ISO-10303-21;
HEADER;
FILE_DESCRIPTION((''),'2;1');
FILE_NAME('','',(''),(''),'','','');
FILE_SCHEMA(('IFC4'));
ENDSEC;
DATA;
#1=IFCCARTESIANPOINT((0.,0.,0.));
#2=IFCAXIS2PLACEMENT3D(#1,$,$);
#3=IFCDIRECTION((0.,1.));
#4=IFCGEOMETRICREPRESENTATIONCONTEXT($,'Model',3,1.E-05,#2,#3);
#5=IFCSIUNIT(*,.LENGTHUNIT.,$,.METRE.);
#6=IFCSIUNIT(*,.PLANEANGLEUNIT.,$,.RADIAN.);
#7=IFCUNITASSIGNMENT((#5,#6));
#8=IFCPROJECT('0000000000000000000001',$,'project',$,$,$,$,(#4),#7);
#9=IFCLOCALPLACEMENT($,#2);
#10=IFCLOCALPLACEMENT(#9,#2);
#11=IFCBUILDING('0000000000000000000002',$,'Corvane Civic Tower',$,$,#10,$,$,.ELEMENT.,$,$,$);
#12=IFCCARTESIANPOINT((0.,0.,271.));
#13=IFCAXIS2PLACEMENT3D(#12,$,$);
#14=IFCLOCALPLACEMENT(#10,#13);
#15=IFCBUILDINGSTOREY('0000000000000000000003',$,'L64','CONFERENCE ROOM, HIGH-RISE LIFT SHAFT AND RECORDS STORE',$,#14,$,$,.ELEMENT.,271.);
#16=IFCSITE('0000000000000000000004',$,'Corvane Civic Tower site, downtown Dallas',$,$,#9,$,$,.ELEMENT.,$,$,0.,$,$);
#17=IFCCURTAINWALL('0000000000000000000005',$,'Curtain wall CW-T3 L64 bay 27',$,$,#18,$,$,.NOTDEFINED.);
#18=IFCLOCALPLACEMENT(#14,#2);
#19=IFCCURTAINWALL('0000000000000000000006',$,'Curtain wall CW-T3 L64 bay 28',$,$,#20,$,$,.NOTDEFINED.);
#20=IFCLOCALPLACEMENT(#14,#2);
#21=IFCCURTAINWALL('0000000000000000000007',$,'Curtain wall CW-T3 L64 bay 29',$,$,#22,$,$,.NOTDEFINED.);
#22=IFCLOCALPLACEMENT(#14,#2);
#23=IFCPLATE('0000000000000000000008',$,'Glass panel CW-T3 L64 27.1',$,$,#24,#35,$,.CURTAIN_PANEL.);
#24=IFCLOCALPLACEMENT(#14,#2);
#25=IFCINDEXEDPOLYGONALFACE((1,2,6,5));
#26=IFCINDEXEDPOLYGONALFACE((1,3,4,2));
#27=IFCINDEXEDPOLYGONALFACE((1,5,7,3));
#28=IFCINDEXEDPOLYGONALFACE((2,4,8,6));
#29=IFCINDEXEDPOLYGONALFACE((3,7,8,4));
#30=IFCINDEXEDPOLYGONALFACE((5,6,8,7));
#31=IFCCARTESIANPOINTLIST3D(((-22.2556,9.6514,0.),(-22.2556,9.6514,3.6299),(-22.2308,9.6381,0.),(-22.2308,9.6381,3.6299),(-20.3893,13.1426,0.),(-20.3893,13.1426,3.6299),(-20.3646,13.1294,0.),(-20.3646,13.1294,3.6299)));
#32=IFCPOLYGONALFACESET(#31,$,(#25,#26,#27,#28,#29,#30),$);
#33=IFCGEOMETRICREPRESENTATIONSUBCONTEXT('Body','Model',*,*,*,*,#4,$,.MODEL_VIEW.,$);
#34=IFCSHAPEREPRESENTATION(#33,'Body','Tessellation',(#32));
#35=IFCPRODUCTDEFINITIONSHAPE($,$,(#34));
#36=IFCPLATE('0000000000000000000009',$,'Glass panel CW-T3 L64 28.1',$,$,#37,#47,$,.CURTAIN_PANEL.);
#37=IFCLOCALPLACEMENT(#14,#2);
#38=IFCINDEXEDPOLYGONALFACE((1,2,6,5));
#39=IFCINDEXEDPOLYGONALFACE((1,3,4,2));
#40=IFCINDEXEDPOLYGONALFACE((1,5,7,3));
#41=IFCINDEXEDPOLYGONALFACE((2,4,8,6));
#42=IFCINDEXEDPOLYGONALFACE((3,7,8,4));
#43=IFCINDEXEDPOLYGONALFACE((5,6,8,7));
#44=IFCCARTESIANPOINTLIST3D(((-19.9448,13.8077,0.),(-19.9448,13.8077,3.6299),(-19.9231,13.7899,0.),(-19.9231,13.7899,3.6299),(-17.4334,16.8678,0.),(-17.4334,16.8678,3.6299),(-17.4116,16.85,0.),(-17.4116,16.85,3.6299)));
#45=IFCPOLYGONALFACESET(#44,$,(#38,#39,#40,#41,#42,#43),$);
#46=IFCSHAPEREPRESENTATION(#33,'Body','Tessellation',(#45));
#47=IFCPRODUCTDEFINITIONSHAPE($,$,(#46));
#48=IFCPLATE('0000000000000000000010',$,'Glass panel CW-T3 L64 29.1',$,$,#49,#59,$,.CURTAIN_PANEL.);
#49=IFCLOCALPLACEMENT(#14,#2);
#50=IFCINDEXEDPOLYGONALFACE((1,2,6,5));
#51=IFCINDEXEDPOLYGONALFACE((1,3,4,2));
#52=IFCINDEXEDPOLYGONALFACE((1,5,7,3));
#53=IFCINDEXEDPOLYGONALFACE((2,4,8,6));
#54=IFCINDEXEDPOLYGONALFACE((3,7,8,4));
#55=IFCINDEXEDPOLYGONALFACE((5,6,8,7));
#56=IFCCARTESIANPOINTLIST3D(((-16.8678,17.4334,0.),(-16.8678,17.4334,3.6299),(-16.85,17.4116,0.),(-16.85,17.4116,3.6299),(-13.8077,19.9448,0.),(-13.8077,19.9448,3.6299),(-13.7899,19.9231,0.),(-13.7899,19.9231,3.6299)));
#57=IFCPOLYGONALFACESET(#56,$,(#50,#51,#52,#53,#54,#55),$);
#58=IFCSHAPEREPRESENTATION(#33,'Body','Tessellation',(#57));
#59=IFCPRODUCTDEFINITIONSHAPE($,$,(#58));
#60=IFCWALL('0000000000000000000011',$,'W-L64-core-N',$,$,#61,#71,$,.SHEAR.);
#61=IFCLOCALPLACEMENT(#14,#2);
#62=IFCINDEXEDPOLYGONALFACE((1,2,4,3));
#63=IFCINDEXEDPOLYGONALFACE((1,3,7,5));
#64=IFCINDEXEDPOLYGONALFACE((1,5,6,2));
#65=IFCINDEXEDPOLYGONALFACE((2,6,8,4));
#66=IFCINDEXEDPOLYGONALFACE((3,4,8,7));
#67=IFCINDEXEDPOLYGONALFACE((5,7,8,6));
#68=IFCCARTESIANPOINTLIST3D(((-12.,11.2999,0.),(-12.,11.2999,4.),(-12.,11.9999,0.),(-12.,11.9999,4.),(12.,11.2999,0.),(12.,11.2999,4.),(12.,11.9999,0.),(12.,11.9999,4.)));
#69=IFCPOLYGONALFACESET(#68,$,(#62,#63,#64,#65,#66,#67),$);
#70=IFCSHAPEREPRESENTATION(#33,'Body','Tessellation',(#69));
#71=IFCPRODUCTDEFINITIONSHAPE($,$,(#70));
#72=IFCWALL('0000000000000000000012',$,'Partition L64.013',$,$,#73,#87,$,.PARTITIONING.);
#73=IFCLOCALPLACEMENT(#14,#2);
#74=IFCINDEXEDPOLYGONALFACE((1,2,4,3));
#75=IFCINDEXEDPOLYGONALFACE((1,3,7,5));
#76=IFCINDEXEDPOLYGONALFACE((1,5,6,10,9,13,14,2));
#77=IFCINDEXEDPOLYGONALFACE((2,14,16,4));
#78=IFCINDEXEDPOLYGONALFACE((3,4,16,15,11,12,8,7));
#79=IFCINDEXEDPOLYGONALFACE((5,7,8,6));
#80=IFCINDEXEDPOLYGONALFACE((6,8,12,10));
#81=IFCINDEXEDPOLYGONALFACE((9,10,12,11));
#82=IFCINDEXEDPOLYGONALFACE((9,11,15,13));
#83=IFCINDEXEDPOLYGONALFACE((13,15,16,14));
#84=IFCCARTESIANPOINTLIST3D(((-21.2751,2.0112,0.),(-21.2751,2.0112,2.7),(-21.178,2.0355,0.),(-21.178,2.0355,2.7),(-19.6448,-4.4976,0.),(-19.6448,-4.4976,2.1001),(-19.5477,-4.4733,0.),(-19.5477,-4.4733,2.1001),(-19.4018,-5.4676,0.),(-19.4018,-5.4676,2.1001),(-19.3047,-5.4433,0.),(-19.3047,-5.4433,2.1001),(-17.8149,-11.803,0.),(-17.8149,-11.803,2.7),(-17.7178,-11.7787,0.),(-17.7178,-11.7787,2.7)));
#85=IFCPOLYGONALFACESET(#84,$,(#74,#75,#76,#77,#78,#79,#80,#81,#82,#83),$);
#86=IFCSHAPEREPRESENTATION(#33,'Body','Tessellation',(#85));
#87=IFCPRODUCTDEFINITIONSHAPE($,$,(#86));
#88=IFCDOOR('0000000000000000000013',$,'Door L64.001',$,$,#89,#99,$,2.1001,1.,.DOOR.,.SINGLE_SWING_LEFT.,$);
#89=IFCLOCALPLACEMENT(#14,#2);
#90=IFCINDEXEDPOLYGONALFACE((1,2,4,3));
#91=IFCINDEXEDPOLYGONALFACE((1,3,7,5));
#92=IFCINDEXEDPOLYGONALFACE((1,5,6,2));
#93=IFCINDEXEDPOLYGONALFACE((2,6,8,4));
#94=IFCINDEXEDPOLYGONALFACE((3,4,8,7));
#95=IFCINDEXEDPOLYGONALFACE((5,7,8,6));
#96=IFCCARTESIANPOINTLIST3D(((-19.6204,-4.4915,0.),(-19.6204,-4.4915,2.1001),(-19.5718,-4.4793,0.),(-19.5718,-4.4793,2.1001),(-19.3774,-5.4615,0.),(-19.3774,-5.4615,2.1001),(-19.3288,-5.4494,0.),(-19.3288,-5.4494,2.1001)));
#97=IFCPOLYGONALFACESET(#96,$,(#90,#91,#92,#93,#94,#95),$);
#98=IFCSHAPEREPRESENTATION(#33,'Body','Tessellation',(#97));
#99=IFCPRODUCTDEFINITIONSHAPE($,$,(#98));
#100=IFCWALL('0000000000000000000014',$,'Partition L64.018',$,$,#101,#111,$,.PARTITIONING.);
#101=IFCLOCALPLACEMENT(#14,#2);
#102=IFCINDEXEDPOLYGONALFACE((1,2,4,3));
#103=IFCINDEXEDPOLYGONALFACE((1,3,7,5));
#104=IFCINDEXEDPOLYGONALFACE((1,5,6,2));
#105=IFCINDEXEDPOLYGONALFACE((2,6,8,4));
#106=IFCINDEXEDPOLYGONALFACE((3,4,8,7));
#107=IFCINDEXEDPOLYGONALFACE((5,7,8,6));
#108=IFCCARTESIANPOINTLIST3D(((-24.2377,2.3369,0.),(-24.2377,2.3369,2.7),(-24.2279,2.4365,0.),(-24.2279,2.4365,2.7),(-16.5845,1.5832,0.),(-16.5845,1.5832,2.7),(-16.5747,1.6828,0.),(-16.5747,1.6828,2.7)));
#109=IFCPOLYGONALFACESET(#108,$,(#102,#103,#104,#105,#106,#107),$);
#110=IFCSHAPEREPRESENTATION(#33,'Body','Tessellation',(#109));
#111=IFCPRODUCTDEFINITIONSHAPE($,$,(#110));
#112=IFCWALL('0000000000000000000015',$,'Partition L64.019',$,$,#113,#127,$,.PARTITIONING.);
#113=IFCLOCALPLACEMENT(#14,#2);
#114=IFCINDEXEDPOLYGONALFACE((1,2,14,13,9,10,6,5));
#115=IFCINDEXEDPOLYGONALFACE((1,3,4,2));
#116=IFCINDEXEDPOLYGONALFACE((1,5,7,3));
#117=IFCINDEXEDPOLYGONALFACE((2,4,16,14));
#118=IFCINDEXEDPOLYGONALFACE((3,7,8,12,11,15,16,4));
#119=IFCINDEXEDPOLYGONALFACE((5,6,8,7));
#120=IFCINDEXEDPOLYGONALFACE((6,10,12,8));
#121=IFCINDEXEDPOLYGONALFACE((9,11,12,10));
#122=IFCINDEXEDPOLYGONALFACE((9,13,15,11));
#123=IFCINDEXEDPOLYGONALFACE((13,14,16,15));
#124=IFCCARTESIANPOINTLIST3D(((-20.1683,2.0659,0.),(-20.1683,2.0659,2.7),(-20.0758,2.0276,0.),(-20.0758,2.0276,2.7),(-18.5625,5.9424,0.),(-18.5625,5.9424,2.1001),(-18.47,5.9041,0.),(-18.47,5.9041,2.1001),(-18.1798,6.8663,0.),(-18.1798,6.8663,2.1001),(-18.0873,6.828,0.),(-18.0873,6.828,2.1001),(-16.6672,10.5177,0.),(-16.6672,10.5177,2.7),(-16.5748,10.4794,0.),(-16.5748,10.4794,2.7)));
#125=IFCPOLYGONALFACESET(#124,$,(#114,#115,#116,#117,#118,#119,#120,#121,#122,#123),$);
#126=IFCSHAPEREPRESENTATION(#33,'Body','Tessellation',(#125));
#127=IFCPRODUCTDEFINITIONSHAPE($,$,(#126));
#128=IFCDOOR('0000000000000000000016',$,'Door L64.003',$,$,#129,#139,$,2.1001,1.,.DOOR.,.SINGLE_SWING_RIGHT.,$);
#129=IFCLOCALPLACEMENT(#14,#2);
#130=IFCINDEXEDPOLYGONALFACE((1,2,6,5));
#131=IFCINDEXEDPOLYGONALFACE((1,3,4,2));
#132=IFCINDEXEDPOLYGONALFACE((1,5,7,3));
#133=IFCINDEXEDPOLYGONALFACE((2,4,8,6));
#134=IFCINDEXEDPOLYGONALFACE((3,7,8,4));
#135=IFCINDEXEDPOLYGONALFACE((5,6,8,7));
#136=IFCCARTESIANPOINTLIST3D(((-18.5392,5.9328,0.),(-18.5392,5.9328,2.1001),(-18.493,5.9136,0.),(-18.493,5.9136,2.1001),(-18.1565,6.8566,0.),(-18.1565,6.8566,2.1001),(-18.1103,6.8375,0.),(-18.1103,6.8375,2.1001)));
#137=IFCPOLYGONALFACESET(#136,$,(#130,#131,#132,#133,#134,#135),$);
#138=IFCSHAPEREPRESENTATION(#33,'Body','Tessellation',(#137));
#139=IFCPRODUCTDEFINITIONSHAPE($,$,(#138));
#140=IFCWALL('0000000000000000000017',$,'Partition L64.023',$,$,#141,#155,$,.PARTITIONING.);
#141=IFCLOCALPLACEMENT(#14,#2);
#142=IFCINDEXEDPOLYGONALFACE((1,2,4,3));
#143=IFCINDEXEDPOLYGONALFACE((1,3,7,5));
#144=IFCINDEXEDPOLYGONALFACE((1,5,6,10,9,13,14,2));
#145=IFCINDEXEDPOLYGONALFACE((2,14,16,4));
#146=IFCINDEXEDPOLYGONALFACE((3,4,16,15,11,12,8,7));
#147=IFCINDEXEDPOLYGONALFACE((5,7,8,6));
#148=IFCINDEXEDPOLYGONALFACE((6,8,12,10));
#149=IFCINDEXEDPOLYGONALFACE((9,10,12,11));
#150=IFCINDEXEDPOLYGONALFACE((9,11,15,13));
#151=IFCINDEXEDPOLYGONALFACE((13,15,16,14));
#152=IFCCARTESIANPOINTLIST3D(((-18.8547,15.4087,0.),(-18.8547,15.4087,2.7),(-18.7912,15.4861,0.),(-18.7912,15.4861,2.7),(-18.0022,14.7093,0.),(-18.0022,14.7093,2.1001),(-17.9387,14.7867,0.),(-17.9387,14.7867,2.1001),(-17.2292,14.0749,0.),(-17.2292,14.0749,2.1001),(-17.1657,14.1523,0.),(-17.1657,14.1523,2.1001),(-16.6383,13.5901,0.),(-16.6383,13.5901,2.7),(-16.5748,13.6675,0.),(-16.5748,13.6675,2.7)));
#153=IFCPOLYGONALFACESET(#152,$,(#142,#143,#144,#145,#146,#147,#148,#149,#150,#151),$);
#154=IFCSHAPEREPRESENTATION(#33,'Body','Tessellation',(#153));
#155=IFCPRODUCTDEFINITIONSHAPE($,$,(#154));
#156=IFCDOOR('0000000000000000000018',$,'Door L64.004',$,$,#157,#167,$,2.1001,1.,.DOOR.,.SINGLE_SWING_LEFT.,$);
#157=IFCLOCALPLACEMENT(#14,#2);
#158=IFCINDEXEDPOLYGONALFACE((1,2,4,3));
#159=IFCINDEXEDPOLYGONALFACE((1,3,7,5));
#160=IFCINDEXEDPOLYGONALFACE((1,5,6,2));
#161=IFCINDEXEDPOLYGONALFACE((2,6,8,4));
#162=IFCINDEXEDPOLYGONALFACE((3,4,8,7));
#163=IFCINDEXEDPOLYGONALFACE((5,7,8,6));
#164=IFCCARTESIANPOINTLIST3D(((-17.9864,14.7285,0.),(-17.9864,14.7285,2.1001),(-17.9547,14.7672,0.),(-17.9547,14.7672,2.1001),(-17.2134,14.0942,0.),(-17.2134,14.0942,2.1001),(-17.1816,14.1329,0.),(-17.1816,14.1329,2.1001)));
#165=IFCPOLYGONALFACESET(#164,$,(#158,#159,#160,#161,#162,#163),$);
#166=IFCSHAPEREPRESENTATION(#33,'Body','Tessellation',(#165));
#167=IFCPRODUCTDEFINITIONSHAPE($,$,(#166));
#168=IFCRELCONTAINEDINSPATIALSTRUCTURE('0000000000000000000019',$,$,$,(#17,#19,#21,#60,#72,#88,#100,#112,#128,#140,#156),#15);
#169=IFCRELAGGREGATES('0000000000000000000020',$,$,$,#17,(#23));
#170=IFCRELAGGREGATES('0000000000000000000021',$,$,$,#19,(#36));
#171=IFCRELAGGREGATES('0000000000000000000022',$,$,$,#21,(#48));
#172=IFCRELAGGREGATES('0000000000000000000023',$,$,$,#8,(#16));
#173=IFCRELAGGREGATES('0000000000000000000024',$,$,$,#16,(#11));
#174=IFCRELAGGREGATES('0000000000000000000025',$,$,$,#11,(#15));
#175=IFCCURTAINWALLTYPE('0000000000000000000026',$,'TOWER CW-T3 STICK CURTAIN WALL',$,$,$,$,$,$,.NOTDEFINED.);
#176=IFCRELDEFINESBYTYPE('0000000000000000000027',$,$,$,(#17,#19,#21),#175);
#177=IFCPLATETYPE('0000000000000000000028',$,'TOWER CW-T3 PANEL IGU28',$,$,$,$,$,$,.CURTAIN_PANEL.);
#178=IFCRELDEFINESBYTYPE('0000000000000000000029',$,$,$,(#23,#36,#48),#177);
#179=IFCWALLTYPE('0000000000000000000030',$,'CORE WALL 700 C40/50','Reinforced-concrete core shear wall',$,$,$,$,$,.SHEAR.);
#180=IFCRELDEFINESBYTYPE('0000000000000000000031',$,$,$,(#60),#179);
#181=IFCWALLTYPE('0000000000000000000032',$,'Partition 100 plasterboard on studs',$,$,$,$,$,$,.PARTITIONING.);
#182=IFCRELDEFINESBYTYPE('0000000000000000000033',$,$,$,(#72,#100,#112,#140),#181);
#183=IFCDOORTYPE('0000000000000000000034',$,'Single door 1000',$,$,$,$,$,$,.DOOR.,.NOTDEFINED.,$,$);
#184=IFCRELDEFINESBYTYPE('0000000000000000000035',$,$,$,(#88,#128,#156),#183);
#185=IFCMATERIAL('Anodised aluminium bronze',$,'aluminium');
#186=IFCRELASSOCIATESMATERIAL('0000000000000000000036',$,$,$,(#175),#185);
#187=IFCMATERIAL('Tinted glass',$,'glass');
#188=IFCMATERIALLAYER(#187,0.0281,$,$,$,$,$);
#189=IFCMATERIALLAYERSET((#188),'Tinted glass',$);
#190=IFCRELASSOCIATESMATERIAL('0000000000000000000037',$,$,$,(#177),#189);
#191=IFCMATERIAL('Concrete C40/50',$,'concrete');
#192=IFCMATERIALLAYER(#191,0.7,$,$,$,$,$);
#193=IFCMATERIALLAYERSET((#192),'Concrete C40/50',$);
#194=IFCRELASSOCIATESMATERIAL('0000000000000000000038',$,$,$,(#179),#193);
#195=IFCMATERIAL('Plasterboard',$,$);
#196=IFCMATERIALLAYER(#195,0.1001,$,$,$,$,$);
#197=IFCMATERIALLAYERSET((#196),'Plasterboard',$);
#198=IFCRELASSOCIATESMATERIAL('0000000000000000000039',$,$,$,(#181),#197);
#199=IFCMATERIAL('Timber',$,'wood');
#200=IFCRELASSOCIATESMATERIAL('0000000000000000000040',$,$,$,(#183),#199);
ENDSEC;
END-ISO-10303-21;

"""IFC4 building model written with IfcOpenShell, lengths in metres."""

from ifc_helpers import new_model, si_unit, direction, frame, frame_2d, origin, origin_2d, place, context, subcontext, project, spatial, rectangle, extrude, material, layer, layer_set, type_object, element, fill, aggregate, save


model = new_model("IFC4")

# Units and contexts
model_context = context("Model", 3, precision=1e-05, world=origin(), true_north=direction((0.0, 1.0)))
body_context = subcontext(model_context, "Body", "Model", "MODEL_VIEW")
ifc_project = project(units=[si_unit("LENGTHUNIT", "METRE"), si_unit("PLANEANGLEUNIT", "RADIAN")], contexts=[model_context])

# Site, building, storey
site_placement = place(None, origin())
site = spatial("IfcSite", under=ifc_project, at=site_placement, Name="Corvane Civic Tower site, downtown Dallas", CompositionType="ELEMENT", RefElevation=0.0)
building_placement = place(site_placement, origin())
building = spatial("IfcBuilding", under=site, at=building_placement, Name="Corvane Civic Tower", CompositionType="ELEMENT")
storey_placement = place(building_placement, frame((0.0, 0.0, 271.0)))
storey = spatial("IfcBuildingStorey", under=building, at=storey_placement, Name="L64", Description="CONFERENCE ROOM, HIGH-RISE LIFT SHAFT AND RECORDS STORE", CompositionType="ELEMENT", Elevation=271.0)

# Curtain walls
ifc_material_1 = material(Name="Anodised aluminium bronze", Category="aluminium")
curtain_wall_type = type_object("IfcCurtainWallType", Name="TOWER CW-T3 STICK CURTAIN WALL", PredefinedType="NOTDEFINED", material=ifc_material_1)
curtain_wall_1_placement = place(storey_placement, origin())
curtain_wall_1 = element("IfcCurtainWall", 1, at=curtain_wall_1_placement, inside=storey, type_object=curtain_wall_type, Name="Curtain wall CW-T3 L64 bay 27", PredefinedType="NOTDEFINED")
curtain_wall_2_placement = place(storey_placement, origin())
curtain_wall_2 = element("IfcCurtainWall", 2, at=curtain_wall_2_placement, inside=storey, type_object=curtain_wall_type, Name="Curtain wall CW-T3 L64 bay 28", PredefinedType="NOTDEFINED")
curtain_wall_3_placement = place(storey_placement, origin())
curtain_wall_3 = element("IfcCurtainWall", 3, at=curtain_wall_3_placement, inside=storey, type_object=curtain_wall_type, Name="Curtain wall CW-T3 L64 bay 29", PredefinedType="NOTDEFINED")

# Plates
ifc_material_2 = material(Name="Tinted glass", Category="glass")
ifc_layer_1 = layer(ifc_material_2, 0.0281)
ifc_layer_set_1 = layer_set([ifc_layer_1], Name="Tinted glass")
plate_type = type_object("IfcPlateType", Name="TOWER CW-T3 PANEL IGU28", PredefinedType="CURTAIN_PANEL", material=ifc_layer_set_1)
plate_1_placement = place(storey_placement, frame((-21.3101, 11.3904, 0.0), z_axis=(0.0, 0.0, 1.0), x_axis=(0.471421, 0.881908, 0.0)))
plate_1 = element("IfcPlate", 4, at=plate_1_placement, type_object=plate_type, Name="Glass panel CW-T3 L64 27.1", PredefinedType="CURTAIN_PANEL", context=body_context, shape_type="SweptSolid", body=[
    extrude(rectangle(XDim=3.9587, YDim=0.0281, at=origin_2d()), origin(), (0.0, 0.0, 1.0), 3.6299),
])
aggregate(curtain_wall_1, [plate_1])
plate_2_placement = place(storey_placement, frame((-18.6782, 15.3289, 0.0), z_axis=(0.0, 0.0, 1.0), x_axis=(0.634405, 0.773001, 0.0)))
plate_2 = element("IfcPlate", 5, at=plate_2_placement, type_object=plate_type, Name="Glass panel CW-T3 L64 28.1", PredefinedType="CURTAIN_PANEL", context=body_context, shape_type="SweptSolid", body=[
    extrude(rectangle(XDim=3.9587, YDim=0.0281, at=origin_2d()), origin(), (0.0, 0.0, 1.0), 3.6299),
])
aggregate(curtain_wall_2, [plate_2])
plate_3_placement = place(storey_placement, frame((-15.3289, 18.6782, 0.0), z_axis=(0.0, 0.0, 1.0), x_axis=(0.773001, 0.634405, 0.0)))
plate_3 = element("IfcPlate", 6, at=plate_3_placement, type_object=plate_type, Name="Glass panel CW-T3 L64 29.1", PredefinedType="CURTAIN_PANEL", context=body_context, shape_type="SweptSolid", body=[
    extrude(rectangle(XDim=3.9587, YDim=0.0281, at=origin_2d()), origin(), (0.0, 0.0, 1.0), 3.6299),
])
aggregate(curtain_wall_3, [plate_3])

# Wall
ifc_material_3 = material(Name="Concrete C40/50", Category="concrete")
ifc_layer_2 = layer(ifc_material_3, 0.7)
ifc_layer_set_2 = layer_set([ifc_layer_2], Name="Concrete C40/50")
wall_type_1 = type_object("IfcWallType", Name="CORE WALL 700 C40/50", Description="Reinforced-concrete core shear wall", PredefinedType="SHEAR", material=ifc_layer_set_2)
wall_1_placement = place(storey_placement, frame((-12.0, 11.6499, 0.0), z_axis=(0.0, 0.0, 1.0), x_axis=(1.0, 0.0, 0.0)))
element("IfcWall", 7, at=wall_1_placement, inside=storey, type_object=wall_type_1, Name="W-L64-core-N", PredefinedType="SHEAR", context=body_context, shape_type="SweptSolid", body=[
    extrude(rectangle(XDim=24.0, YDim=0.7, at=frame_2d((12.0, 0.0))), origin(), (0.0, 0.0, 1.0), 4.0),
])

# Wall, opening, door
ifc_material_4 = material(Name="Plasterboard")
ifc_layer_3 = layer(ifc_material_4, 0.1001)
ifc_layer_set_3 = layer_set([ifc_layer_3], Name="Plasterboard")
wall_type_2 = type_object("IfcWallType", Name="Partition 100 plasterboard on studs", PredefinedType="PARTITIONING", material=ifc_layer_set_3)
wall_2_placement = place(storey_placement, frame((-21.2266, 2.0234, 0.0), z_axis=(0.0, 0.0, 1.0), x_axis=(0.242975, -0.970032, 0.0)))
wall_2 = element("IfcWall", 8, at=wall_2_placement, inside=storey, type_object=wall_type_2, Name="Partition L64.013", PredefinedType="PARTITIONING", context=body_context, shape_type="SweptSolid", body=[
    extrude(rectangle(XDim=14.241, YDim=0.1001, at=frame_2d((7.1206, 0.0))), origin(), (0.0, 0.0, 1.0), 2.7),
])
opening_1_placement = place(wall_2_placement, frame((6.71, 0.0, 0.0)))
opening_1 = element("IfcOpeningElement", 9, at=opening_1_placement, cuts=wall_2, PredefinedType="OPENING", context=body_context, shape_type="SweptSolid", body=[
    extrude(rectangle(XDim=1.0, YDim=2.1001, at=frame_2d((0.5, 1.05))), frame((0.0, 0.0601, 0.0), z_axis=(0.0, -1.0, 0.0), x_axis=(1.0, 0.0, 0.0)), (0.0, 0.0, 1.0), 0.1201),
])
ifc_material_5 = material(Name="Timber", Category="wood")
door_type_1 = type_object("IfcDoorType", Name="Single door 1000", OperationType="NOTDEFINED", PredefinedType="DOOR", material=ifc_material_5)
door_1_placement = place(opening_1_placement, frame((1.0, 0.0, 0.0), z_axis=(0.0, 0.0, 1.0), x_axis=(-1.0, 0.0, 0.0)))
door_1 = element("IfcDoor", 10, at=door_1_placement, inside=storey, type_object=door_type_1, Name="Door L64.001", OperationType="SINGLE_SWING_LEFT", OverallHeight=2.1001, OverallWidth=1.0, PredefinedType="DOOR", context=body_context, shape_type="SweptSolid", body=[
    extrude(rectangle(XDim=1.0, YDim=2.1001, at=frame_2d((0.5, 1.05))), frame((0.0, 0.0249, 0.0), z_axis=(0.0, -1.0, 0.0), x_axis=(1.0, 0.0, 0.0)), (0.0, 0.0, 1.0), 0.05),
])
fill(opening_1, door_1)

# Wall
wall_3_placement = place(storey_placement, frame((-24.2329, 2.3867, 0.0), z_axis=(0.0, 0.0, 1.0), x_axis=(0.995186, -0.098004, 0.0)))
element("IfcWall", 11, at=wall_3_placement, inside=storey, type_object=wall_type_2, Name="Partition L64.018", PredefinedType="PARTITIONING", context=body_context, shape_type="SweptSolid", body=[
    extrude(rectangle(XDim=7.6902, YDim=0.1001, at=frame_2d((3.8452, 0.0))), origin(), (0.0, 0.0, 1.0), 2.7),
])

# Walls, openings, doors
wall_4_placement = place(storey_placement, frame((-20.1221, 2.0466, 0.0), z_axis=(0.0, 0.0, 1.0), x_axis=(0.382701, 0.923872, 0.0)))
wall_4 = element("IfcWall", 12, at=wall_4_placement, inside=storey, type_object=wall_type_2, Name="Partition L64.019", PredefinedType="PARTITIONING", context=body_context, shape_type="SweptSolid", body=[
    extrude(rectangle(XDim=9.1482, YDim=0.1001, at=frame_2d((4.5742, 0.0))), origin(), (0.0, 0.0, 1.0), 2.7),
])
opening_2_placement = place(wall_4_placement, frame((4.196, 0.0, 0.0)))
opening_2 = element("IfcOpeningElement", 13, at=opening_2_placement, cuts=wall_4, PredefinedType="OPENING", context=body_context, shape_type="SweptSolid", body=[
    extrude(rectangle(XDim=1.0, YDim=2.1001, at=frame_2d((0.5, 1.05))), frame((0.0, 0.0601, 0.0), z_axis=(0.0, -1.0, 0.0), x_axis=(1.0, 0.0, 0.0)), (0.0, 0.0, 1.0), 0.1201),
])
door_2_placement = place(opening_2_placement, origin())
door_2 = element("IfcDoor", 14, at=door_2_placement, inside=storey, type_object=door_type_1, Name="Door L64.003", OperationType="SINGLE_SWING_RIGHT", OverallHeight=2.1001, OverallWidth=1.0, PredefinedType="DOOR", context=body_context, shape_type="SweptSolid", body=[
    extrude(rectangle(XDim=1.0, YDim=2.1001, at=frame_2d((0.5, 1.05))), frame((0.0, 0.0249, 0.0), z_axis=(0.0, -1.0, 0.0), x_axis=(1.0, 0.0, 0.0)), (0.0, 0.0, 1.0), 0.05),
])
fill(opening_2, door_2)
wall_5_placement = place(storey_placement, frame((-18.823, 15.4475, 0.0), z_axis=(0.0, 0.0, 1.0), x_axis=(0.773057, -0.634336, 0.0)))
wall_5 = element("IfcWall", 15, at=wall_5_placement, inside=storey, type_object=wall_type_2, Name="Partition L64.023", PredefinedType="PARTITIONING", context=body_context, shape_type="SweptSolid", body=[
    extrude(rectangle(XDim=2.8669, YDim=0.1001, at=frame_2d((1.4336, 0.0))), origin(), (0.0, 0.0, 1.0), 2.7),
])
opening_3_placement = place(wall_5_placement, frame((1.1028, 0.0, 0.0)))
opening_3 = element("IfcOpeningElement", 16, at=opening_3_placement, cuts=wall_5, PredefinedType="OPENING", context=body_context, shape_type="SweptSolid", body=[
    extrude(rectangle(XDim=1.0, YDim=2.1001, at=frame_2d((0.5, 1.05))), frame((0.0, 0.0601, 0.0), z_axis=(0.0, -1.0, 0.0), x_axis=(1.0, 0.0, 0.0)), (0.0, 0.0, 1.0), 0.1201),
])
door_3_placement = place(opening_3_placement, origin())
door_3 = element("IfcDoor", 17, at=door_3_placement, inside=storey, type_object=door_type_1, Name="Door L64.004", OperationType="SINGLE_SWING_LEFT", OverallHeight=2.1001, OverallWidth=1.0, PredefinedType="DOOR", context=body_context, shape_type="SweptSolid", body=[
    extrude(rectangle(XDim=1.0, YDim=2.1001, at=frame_2d((0.5, 1.05))), frame((0.0, 0.0249, 0.0), z_axis=(0.0, -1.0, 0.0), x_axis=(1.0, 0.0, 0.0)), (0.0, 0.0, 1.0), 0.05),
])
fill(opening_3, door_3)

save(model, "model.ifc")
